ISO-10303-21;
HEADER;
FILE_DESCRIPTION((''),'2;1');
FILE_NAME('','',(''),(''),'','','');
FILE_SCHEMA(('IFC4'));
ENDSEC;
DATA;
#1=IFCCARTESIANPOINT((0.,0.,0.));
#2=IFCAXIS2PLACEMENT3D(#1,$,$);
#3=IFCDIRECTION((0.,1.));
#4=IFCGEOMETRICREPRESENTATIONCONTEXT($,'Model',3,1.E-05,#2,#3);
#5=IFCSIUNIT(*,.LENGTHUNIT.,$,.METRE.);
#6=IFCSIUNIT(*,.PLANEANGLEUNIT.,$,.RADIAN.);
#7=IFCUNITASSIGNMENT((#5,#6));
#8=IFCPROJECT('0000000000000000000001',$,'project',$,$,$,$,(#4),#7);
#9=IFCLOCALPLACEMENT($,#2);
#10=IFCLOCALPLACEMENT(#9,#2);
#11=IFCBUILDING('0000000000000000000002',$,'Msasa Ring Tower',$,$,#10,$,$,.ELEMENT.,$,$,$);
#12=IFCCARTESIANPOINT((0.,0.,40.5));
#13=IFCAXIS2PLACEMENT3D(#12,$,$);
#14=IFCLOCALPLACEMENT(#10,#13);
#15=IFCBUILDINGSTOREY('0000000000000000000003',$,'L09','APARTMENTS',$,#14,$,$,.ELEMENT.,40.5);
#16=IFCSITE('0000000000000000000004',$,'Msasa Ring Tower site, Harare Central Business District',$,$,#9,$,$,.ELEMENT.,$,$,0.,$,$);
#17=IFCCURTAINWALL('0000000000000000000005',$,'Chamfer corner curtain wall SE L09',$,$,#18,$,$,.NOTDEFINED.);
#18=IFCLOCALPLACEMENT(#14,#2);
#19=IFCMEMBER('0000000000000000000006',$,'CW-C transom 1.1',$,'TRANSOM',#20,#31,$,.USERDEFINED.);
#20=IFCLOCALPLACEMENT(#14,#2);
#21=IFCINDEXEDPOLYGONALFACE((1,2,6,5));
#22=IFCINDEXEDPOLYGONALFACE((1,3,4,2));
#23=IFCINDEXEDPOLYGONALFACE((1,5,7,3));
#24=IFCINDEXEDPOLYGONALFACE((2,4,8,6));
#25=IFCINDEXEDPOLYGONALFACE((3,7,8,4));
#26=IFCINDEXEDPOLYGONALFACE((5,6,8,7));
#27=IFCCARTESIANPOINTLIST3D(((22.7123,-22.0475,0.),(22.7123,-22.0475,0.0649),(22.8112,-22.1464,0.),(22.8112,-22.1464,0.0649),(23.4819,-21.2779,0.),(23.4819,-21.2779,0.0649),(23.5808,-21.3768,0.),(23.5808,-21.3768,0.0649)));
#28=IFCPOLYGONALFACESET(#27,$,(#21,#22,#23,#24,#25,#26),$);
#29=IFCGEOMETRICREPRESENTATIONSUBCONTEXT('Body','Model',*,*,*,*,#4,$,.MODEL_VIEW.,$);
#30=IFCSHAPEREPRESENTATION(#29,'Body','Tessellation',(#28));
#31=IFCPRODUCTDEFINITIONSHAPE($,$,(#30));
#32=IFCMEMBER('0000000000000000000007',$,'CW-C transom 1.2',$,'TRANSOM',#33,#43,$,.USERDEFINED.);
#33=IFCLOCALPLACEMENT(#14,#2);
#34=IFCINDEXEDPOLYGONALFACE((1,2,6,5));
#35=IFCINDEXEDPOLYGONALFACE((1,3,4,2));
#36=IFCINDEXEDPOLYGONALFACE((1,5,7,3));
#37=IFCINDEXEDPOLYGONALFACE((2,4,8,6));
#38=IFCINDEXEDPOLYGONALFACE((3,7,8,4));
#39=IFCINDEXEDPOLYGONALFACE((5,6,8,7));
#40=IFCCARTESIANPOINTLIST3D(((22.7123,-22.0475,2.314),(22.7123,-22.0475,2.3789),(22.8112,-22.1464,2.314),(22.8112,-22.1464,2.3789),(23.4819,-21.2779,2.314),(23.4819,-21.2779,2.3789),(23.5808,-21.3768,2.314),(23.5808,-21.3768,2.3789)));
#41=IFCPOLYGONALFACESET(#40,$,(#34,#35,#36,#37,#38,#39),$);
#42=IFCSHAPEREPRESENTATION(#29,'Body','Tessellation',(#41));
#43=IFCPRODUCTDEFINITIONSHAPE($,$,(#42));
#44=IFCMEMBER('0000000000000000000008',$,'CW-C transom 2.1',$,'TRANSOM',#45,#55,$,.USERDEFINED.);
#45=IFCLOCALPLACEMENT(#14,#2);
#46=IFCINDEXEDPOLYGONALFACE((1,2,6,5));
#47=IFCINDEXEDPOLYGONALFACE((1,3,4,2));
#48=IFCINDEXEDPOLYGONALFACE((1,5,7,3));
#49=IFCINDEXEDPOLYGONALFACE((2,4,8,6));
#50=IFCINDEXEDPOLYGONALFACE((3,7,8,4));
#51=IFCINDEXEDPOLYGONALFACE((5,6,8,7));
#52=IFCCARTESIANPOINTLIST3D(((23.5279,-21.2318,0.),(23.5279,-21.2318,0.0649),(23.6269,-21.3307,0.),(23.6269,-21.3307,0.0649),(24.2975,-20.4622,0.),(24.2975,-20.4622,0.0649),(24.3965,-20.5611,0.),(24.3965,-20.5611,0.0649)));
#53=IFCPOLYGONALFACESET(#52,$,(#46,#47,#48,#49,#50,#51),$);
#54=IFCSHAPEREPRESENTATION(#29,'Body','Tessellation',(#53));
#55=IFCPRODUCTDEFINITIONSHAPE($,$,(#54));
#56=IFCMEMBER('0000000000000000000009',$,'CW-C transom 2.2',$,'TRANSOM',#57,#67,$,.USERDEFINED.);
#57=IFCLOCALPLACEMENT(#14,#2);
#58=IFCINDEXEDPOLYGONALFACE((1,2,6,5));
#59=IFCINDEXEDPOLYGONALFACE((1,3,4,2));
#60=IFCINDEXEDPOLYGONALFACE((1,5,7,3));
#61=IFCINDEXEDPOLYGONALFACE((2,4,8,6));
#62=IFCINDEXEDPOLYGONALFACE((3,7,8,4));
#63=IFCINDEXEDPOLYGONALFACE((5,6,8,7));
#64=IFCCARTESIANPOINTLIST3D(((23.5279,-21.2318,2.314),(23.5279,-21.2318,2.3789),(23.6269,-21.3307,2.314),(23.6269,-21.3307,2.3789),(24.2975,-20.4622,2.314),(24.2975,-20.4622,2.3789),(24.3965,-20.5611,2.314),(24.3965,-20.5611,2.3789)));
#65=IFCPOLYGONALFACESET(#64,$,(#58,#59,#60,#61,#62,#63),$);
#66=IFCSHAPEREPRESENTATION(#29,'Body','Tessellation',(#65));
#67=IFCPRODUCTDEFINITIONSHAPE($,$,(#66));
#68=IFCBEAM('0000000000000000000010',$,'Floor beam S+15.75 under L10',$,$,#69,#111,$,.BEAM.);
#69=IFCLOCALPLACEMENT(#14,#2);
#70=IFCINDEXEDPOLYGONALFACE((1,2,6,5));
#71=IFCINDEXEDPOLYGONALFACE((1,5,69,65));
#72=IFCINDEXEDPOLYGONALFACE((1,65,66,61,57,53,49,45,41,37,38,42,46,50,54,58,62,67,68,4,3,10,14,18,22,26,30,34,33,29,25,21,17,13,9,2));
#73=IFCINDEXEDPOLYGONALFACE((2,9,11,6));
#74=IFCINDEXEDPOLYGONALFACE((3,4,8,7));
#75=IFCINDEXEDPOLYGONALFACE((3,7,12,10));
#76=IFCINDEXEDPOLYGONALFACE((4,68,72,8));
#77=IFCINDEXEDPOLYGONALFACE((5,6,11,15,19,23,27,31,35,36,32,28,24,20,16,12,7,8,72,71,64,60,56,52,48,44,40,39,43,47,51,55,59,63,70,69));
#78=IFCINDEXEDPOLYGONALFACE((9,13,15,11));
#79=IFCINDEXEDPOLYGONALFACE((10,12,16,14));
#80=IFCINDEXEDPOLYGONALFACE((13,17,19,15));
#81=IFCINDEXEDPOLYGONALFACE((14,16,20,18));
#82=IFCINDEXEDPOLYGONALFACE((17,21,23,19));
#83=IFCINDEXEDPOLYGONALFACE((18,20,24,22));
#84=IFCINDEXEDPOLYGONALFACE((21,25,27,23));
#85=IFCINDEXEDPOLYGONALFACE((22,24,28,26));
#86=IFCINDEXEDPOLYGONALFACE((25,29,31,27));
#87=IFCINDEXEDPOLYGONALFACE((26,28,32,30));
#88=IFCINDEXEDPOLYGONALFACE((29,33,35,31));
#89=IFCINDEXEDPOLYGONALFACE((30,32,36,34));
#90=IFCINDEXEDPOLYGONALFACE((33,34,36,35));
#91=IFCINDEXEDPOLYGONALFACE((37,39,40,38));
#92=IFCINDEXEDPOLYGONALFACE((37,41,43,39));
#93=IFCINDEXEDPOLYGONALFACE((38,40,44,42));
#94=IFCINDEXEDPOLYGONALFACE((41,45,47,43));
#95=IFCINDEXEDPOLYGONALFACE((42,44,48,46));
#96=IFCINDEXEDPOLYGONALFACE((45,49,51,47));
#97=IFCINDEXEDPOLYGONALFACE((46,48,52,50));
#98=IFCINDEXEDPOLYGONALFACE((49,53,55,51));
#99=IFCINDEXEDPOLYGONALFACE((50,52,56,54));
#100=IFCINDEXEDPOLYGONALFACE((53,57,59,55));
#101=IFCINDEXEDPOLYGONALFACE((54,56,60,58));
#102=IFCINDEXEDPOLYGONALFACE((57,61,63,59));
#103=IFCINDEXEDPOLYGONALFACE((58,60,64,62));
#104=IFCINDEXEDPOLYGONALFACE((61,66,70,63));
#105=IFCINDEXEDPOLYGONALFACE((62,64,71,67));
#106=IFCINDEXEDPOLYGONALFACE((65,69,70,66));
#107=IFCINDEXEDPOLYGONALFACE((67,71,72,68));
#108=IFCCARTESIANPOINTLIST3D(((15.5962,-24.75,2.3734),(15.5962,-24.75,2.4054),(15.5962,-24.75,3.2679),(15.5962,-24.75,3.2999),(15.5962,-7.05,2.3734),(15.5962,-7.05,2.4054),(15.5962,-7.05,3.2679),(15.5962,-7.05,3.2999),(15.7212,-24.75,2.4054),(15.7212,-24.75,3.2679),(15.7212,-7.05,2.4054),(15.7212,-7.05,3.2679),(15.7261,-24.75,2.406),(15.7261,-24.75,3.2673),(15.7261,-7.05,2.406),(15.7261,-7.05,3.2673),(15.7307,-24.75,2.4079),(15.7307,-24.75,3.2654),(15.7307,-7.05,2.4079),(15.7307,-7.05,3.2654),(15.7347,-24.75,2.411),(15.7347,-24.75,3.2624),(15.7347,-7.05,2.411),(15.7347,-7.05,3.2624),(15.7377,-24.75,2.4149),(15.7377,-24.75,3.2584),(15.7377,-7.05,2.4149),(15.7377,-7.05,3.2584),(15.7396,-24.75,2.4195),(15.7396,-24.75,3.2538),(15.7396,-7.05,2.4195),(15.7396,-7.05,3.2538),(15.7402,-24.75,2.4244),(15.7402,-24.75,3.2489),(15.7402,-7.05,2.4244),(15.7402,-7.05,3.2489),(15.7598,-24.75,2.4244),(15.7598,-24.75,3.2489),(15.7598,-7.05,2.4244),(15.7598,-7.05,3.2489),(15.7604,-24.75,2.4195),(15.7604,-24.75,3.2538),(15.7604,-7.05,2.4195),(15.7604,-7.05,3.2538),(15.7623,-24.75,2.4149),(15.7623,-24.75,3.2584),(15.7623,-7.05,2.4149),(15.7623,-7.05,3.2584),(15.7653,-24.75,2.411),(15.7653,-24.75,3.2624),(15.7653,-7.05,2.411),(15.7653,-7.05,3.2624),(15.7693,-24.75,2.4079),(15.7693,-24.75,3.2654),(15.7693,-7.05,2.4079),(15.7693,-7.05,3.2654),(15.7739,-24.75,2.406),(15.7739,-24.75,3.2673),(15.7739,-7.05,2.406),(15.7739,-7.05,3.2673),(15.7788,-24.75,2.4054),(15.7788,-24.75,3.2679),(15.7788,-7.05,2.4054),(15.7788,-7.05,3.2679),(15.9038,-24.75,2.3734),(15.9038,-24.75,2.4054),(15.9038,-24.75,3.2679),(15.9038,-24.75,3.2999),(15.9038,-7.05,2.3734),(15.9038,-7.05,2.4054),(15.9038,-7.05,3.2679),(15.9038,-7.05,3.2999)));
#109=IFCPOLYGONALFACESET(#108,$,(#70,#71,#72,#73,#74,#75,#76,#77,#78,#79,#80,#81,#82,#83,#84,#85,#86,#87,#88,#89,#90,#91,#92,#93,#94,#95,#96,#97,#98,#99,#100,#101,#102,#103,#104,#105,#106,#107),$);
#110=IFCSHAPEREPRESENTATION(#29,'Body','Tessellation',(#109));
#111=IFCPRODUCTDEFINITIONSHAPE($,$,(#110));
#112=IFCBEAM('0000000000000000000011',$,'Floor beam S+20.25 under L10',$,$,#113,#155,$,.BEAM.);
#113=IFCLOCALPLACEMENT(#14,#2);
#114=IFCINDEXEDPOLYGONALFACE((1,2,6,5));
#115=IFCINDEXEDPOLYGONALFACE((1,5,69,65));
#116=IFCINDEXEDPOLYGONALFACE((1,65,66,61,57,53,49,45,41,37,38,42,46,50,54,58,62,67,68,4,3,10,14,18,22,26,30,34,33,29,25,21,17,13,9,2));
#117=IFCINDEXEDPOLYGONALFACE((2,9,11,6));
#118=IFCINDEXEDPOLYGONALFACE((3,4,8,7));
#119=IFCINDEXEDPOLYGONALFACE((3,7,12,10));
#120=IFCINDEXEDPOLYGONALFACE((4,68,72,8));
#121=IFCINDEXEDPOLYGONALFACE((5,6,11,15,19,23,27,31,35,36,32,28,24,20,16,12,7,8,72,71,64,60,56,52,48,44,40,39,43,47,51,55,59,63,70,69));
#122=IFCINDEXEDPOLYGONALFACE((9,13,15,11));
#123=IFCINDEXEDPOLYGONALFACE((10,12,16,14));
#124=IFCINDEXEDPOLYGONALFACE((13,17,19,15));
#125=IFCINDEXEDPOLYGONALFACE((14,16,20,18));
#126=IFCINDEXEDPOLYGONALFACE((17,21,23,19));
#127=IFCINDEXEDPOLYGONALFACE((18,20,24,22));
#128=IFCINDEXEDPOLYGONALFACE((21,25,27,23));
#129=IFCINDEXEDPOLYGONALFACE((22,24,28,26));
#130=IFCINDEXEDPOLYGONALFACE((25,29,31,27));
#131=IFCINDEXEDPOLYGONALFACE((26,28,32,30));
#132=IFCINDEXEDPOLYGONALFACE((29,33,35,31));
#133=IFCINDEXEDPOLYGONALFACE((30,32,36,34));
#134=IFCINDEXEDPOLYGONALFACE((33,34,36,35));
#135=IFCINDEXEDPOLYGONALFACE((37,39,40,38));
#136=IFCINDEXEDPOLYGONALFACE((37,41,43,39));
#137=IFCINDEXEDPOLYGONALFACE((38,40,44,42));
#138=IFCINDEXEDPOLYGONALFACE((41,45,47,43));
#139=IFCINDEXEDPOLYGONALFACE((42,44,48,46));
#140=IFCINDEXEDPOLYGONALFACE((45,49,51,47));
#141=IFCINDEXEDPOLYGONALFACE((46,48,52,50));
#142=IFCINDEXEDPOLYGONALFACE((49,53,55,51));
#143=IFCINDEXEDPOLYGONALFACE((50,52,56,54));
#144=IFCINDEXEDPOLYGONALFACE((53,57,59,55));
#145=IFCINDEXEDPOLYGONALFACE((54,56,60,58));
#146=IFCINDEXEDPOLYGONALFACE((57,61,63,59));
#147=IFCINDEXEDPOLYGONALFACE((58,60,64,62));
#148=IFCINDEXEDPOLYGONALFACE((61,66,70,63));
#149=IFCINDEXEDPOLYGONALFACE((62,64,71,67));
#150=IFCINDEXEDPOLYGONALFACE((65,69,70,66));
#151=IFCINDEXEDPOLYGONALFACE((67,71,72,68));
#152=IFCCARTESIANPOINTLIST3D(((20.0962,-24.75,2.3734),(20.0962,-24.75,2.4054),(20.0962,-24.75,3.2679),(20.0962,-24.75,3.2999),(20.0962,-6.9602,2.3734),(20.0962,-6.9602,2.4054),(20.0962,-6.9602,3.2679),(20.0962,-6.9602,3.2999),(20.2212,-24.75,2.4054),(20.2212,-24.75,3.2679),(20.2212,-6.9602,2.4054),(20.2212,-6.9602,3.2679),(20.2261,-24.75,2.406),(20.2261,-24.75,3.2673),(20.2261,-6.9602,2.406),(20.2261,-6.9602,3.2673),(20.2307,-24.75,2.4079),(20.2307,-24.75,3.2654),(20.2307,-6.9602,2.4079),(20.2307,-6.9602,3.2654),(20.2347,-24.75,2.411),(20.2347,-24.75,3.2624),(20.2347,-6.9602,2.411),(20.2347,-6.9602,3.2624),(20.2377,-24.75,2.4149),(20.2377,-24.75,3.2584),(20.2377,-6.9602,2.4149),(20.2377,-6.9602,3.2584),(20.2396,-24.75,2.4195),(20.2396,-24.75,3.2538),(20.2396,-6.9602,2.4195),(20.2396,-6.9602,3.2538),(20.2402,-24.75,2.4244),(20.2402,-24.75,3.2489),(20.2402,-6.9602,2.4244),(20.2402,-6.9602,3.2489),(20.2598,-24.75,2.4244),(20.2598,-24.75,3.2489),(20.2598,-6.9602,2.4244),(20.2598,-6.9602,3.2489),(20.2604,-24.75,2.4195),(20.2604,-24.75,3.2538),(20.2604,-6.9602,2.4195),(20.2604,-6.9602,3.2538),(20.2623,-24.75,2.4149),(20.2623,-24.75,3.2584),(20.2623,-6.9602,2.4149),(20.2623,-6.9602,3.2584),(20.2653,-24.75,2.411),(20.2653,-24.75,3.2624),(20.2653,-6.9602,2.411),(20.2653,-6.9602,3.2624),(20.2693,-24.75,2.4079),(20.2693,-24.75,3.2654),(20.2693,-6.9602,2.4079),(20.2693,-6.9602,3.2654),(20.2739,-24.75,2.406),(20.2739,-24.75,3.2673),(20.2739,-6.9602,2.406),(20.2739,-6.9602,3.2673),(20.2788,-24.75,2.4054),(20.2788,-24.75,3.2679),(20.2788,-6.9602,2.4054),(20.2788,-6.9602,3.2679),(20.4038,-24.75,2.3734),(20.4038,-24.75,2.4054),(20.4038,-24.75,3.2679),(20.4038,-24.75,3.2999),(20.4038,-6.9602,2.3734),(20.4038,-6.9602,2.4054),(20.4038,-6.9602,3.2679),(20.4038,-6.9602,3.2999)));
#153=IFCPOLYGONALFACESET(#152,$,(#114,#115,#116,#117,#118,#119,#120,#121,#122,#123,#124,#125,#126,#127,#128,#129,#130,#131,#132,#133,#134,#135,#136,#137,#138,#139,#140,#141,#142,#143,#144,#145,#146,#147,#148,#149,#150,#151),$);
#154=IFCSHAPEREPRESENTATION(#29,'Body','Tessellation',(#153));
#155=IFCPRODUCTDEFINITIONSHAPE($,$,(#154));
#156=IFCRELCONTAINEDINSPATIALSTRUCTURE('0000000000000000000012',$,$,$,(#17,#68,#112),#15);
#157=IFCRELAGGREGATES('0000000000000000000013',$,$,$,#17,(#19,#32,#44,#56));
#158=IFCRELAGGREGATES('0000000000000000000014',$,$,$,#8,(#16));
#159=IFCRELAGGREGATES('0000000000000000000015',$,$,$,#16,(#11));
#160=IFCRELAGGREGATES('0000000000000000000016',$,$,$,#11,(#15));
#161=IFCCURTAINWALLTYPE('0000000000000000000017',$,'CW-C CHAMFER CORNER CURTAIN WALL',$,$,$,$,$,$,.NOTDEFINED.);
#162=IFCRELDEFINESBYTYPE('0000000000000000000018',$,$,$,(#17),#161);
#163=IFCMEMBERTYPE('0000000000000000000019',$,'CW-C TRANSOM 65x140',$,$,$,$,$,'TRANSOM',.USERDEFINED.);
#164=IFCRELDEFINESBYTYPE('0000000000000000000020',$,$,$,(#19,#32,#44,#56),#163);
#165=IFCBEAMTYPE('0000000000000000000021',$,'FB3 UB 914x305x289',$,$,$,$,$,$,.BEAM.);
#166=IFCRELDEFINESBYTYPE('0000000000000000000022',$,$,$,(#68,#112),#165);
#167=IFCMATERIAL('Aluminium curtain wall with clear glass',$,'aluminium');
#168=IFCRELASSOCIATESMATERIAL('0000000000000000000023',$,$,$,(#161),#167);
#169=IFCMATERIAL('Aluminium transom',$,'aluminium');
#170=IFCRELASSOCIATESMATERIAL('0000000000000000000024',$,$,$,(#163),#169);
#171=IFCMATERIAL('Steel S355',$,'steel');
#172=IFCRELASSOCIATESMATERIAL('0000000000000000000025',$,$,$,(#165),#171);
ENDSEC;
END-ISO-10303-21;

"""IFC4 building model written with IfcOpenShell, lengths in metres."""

from ifc_helpers import new_model, si_unit, direction, frame, origin, origin_2d, place, context, subcontext, project, spatial, rectangle, i_section, extrude, material, material_profile, profile_set, type_object, element, aggregate, save


model = new_model("IFC4")

# Units and contexts
model_context = context("Model", 3, precision=1e-05, world=origin(), true_north=direction((0.0, 1.0)))
body_context = subcontext(model_context, "Body", "Model", "MODEL_VIEW")
ifc_project = project(units=[si_unit("LENGTHUNIT", "METRE"), si_unit("PLANEANGLEUNIT", "RADIAN")], contexts=[model_context])

# Site, building, storey
site_placement = place(None, origin())
site = spatial("IfcSite", under=ifc_project, at=site_placement, Name="Msasa Ring Tower site, Harare Central Business District", CompositionType="ELEMENT", RefElevation=0.0)
building_placement = place(site_placement, origin())
building = spatial("IfcBuilding", under=site, at=building_placement, Name="Msasa Ring Tower", CompositionType="ELEMENT")
storey_placement = place(building_placement, frame((0.0, 0.0, 40.5)))
storey = spatial("IfcBuildingStorey", under=building, at=storey_placement, Name="L09", Description="APARTMENTS", CompositionType="ELEMENT", Elevation=40.5)

# Curtain wall
ifc_material_1 = material(Name="Aluminium curtain wall with clear glass", Category="aluminium")
curtain_wall_type = type_object("IfcCurtainWallType", Name="CW-C CHAMFER CORNER CURTAIN WALL", PredefinedType="NOTDEFINED", material=ifc_material_1)
curtain_wall_1_placement = place(storey_placement, origin())
curtain_wall_1 = element("IfcCurtainWall", 1, at=curtain_wall_1_placement, inside=storey, type_object=curtain_wall_type, Name="Chamfer corner curtain wall SE L09", PredefinedType="NOTDEFINED")

# Members
ifc_material_2 = material(Name="Aluminium transom", Category="aluminium")
ifc_material_profile_1 = material_profile(ifc_material_2, rectangle(XDim=0.1399, YDim=0.0649, at=origin_2d()), Name="AL 65x140")
ifc_profile_set_1 = profile_set([ifc_material_profile_1], Name="Aluminium transom")
member_type_1 = type_object("IfcMemberType", Name="CW-C TRANSOM 65x140", ElementType="TRANSOM", PredefinedType="USERDEFINED", material=ifc_profile_set_1)
member_1_placement = place(storey_placement, frame((22.7617, -22.0969, 0.0325), z_axis=(0.707107, 0.707107, 0.0), x_axis=(-0.707107, 0.707107, 0.0)))
member_1 = element("IfcMember", 2, at=member_1_placement, type_object=member_type_1, Name="CW-C transom 1.1", ObjectType="TRANSOM", PredefinedType="USERDEFINED", context=body_context, shape_type="SweptSolid", body=[
    extrude(rectangle(XDim=0.1399, YDim=0.0649, at=origin_2d()), origin(), (0.0, 0.0, 1.0), 1.0884),
])
member_2_placement = place(storey_placement, frame((22.7617, -22.0969, 2.3464), z_axis=(0.707107, 0.707107, 0.0), x_axis=(-0.707107, 0.707107, 0.0)))
member_2 = element("IfcMember", 3, at=member_2_placement, type_object=member_type_1, Name="CW-C transom 1.2", ObjectType="TRANSOM", PredefinedType="USERDEFINED", context=body_context, shape_type="SweptSolid", body=[
    extrude(rectangle(XDim=0.1399, YDim=0.0649, at=origin_2d()), origin(), (0.0, 0.0, 1.0), 1.0884),
])
member_3_placement = place(storey_placement, frame((23.5774, -21.2812, 0.0325), z_axis=(0.707107, 0.707107, 0.0), x_axis=(-0.707107, 0.707107, 0.0)))
member_3 = element("IfcMember", 4, at=member_3_placement, type_object=member_type_1, Name="CW-C transom 2.1", ObjectType="TRANSOM", PredefinedType="USERDEFINED", context=body_context, shape_type="SweptSolid", body=[
    extrude(rectangle(XDim=0.1399, YDim=0.0649, at=origin_2d()), origin(), (0.0, 0.0, 1.0), 1.0884),
])
member_4_placement = place(storey_placement, frame((23.5774, -21.2812, 2.3464), z_axis=(0.707107, 0.707107, 0.0), x_axis=(-0.707107, 0.707107, 0.0)))
member_4 = element("IfcMember", 5, at=member_4_placement, type_object=member_type_1, Name="CW-C transom 2.2", ObjectType="TRANSOM", PredefinedType="USERDEFINED", context=body_context, shape_type="SweptSolid", body=[
    extrude(rectangle(XDim=0.1399, YDim=0.0649, at=origin_2d()), origin(), (0.0, 0.0, 1.0), 1.0884),
])

# Beams
ifc_material_3 = material(Name="Steel S355", Category="steel")
ifc_material_profile_2 = material_profile(ifc_material_3, i_section(OverallWidth=0.3076, OverallDepth=0.9265, WebThickness=0.0195, FlangeThickness=0.032, FilletRadius=0.019, at=origin_2d()), Name="UB 914x305x289")
ifc_profile_set_2 = profile_set([ifc_material_profile_2], Name="Steel S355")
beam_type_1 = type_object("IfcBeamType", Name="FB3 UB 914x305x289", PredefinedType="BEAM", material=ifc_profile_set_2)
beam_1_placement = place(storey_placement, frame((15.75, -24.75, 2.8367), z_axis=(0.0, 1.0, 0.0), x_axis=(-1.0, 0.0, 0.0)))
element("IfcBeam", 6, at=beam_1_placement, inside=storey, type_object=beam_type_1, Name="Floor beam S+15.75 under L10", PredefinedType="BEAM", context=body_context, shape_type="SweptSolid", body=[
    extrude(i_section(OverallWidth=0.3076, OverallDepth=0.9265, WebThickness=0.0195, FlangeThickness=0.032, FilletRadius=0.019, at=origin_2d()), origin(), (0.0, 0.0, 1.0), 17.7),
])
beam_2_placement = place(storey_placement, frame((20.25, -24.75, 2.8367), z_axis=(0.0, 1.0, 0.0), x_axis=(-1.0, 0.0, 0.0)))
element("IfcBeam", 7, at=beam_2_placement, inside=storey, type_object=beam_type_1, Name="Floor beam S+20.25 under L10", PredefinedType="BEAM", context=body_context, shape_type="SweptSolid", body=[
    extrude(i_section(OverallWidth=0.3076, OverallDepth=0.9265, WebThickness=0.0195, FlangeThickness=0.032, FilletRadius=0.019, at=origin_2d()), origin(), (0.0, 0.0, 1.0), 17.7898),
])

aggregate(curtain_wall_1, [member_1, member_2, member_3, member_4])

save(model, "model.ifc")
